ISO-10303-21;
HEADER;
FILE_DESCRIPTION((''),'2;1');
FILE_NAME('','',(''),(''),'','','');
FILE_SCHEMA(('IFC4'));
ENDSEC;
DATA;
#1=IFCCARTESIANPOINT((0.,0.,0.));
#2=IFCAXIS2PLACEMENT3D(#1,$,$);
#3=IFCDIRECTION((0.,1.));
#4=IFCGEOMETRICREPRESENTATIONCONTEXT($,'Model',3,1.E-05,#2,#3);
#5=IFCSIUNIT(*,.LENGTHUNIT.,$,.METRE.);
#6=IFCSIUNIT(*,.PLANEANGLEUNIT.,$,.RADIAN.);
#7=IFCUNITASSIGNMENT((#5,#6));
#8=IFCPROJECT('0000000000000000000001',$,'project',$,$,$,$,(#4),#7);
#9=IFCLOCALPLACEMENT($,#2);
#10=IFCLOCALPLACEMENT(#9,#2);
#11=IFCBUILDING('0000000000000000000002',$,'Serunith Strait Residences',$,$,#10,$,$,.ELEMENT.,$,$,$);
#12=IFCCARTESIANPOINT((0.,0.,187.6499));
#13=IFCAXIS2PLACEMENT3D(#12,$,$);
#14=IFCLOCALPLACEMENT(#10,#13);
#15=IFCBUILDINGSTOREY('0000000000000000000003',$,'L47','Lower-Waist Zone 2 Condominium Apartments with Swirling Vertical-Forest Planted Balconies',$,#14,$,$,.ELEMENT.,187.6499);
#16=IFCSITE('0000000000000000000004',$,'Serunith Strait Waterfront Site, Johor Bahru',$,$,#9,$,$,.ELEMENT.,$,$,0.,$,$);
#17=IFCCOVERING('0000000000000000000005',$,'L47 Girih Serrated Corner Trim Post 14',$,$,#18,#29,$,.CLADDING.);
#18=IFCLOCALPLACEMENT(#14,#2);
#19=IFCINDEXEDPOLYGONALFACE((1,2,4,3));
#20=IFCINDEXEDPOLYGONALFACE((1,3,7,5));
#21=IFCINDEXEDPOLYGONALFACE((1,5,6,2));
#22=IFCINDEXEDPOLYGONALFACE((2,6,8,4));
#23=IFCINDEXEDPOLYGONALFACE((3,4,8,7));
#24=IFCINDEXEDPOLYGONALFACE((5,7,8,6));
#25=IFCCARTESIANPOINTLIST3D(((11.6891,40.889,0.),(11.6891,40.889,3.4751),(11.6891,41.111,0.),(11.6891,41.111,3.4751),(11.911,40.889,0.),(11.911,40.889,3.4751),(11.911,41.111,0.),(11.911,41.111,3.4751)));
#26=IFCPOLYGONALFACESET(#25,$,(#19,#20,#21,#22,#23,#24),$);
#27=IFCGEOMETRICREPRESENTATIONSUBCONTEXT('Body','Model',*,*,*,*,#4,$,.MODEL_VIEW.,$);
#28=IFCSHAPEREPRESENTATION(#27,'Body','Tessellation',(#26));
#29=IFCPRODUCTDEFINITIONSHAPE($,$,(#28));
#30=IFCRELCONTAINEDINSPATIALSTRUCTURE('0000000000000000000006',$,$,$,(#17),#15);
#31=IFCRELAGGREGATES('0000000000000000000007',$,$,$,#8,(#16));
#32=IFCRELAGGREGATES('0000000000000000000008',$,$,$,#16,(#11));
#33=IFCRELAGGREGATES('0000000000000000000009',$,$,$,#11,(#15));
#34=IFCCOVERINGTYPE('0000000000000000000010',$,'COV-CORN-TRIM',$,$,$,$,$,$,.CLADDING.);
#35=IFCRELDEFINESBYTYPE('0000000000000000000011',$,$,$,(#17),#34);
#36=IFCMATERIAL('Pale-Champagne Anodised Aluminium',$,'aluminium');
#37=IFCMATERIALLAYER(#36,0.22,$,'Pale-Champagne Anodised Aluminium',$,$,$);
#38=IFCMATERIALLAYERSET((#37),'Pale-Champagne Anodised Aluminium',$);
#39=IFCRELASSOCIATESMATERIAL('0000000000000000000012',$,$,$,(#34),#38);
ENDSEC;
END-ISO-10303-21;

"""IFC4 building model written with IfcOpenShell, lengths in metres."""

from ifc_helpers import new_model, si_unit, direction, frame, origin, origin_2d, place, context, subcontext, project, spatial, rectangle, extrude, source, transform, mapped, material, layer, layer_set, type_object, element, save


model = new_model("IFC4")

# Units and contexts
model_context = context("Model", 3, precision=1e-05, world=origin(), true_north=direction((0.0, 1.0)))
body_context = subcontext(model_context, "Body", "Model", "MODEL_VIEW")
ifc_project = project(units=[si_unit("LENGTHUNIT", "METRE"), si_unit("PLANEANGLEUNIT", "RADIAN")], contexts=[model_context])

# Site, building, storey
site_placement = place(None, origin())
site = spatial("IfcSite", under=ifc_project, at=site_placement, Name="Serunith Strait Waterfront Site, Johor Bahru", CompositionType="ELEMENT", RefElevation=0.0)
building_placement = place(site_placement, origin())
building = spatial("IfcBuilding", under=site, at=building_placement, Name="Serunith Strait Residences", CompositionType="ELEMENT")
storey_placement = place(building_placement, frame((0.0, 0.0, 187.6499)))
storey = spatial("IfcBuildingStorey", under=building, at=storey_placement, Name="L47", Description="Lower-Waist Zone 2 Condominium Apartments with Swirling Vertical-Forest Planted Balconies", CompositionType="ELEMENT", Elevation=187.6499)

# Shared definitions
ifc_material_1 = material(Name="Pale-Champagne Anodised Aluminium", Category="aluminium")

# Covering
ifc_layer_1 = layer(ifc_material_1, 0.22, Name="Pale-Champagne Anodised Aluminium")
ifc_layer_set_1 = layer_set([ifc_layer_1], Name="Pale-Champagne Anodised Aluminium")
covering_type = type_object("IfcCoveringType", Name="COV-CORN-TRIM", PredefinedType="CLADDING", material=ifc_layer_set_1)
shared_shape_1 = source(origin(), body_context, "Body", "SweptSolid", [
    extrude(rectangle(XDim=0.2219, YDim=0.2219, at=origin_2d()), origin(), (0.0, 0.0, 1.0), 3.4751),
])
for number, where, z_axis, x_axis, name in (
    (1, (11.8, 41.0, 0.0), (0.0, 0.0, 1.0), (1.0, 0.0, 0.0), "L47 Girih Serrated Corner Trim Post 14"),
):
    element("IfcCovering", number, at=place(storey_placement, frame(where, z_axis=z_axis, x_axis=x_axis)), inside=storey, type_object=covering_type, Name=name, PredefinedType="CLADDING", context=body_context, shape_type="MappedRepresentation", body=[
        mapped(shared_shape_1, transform((0.0, 0.0, 0.0), scale=1.0)),
    ])

save(model, "model.ifc")
